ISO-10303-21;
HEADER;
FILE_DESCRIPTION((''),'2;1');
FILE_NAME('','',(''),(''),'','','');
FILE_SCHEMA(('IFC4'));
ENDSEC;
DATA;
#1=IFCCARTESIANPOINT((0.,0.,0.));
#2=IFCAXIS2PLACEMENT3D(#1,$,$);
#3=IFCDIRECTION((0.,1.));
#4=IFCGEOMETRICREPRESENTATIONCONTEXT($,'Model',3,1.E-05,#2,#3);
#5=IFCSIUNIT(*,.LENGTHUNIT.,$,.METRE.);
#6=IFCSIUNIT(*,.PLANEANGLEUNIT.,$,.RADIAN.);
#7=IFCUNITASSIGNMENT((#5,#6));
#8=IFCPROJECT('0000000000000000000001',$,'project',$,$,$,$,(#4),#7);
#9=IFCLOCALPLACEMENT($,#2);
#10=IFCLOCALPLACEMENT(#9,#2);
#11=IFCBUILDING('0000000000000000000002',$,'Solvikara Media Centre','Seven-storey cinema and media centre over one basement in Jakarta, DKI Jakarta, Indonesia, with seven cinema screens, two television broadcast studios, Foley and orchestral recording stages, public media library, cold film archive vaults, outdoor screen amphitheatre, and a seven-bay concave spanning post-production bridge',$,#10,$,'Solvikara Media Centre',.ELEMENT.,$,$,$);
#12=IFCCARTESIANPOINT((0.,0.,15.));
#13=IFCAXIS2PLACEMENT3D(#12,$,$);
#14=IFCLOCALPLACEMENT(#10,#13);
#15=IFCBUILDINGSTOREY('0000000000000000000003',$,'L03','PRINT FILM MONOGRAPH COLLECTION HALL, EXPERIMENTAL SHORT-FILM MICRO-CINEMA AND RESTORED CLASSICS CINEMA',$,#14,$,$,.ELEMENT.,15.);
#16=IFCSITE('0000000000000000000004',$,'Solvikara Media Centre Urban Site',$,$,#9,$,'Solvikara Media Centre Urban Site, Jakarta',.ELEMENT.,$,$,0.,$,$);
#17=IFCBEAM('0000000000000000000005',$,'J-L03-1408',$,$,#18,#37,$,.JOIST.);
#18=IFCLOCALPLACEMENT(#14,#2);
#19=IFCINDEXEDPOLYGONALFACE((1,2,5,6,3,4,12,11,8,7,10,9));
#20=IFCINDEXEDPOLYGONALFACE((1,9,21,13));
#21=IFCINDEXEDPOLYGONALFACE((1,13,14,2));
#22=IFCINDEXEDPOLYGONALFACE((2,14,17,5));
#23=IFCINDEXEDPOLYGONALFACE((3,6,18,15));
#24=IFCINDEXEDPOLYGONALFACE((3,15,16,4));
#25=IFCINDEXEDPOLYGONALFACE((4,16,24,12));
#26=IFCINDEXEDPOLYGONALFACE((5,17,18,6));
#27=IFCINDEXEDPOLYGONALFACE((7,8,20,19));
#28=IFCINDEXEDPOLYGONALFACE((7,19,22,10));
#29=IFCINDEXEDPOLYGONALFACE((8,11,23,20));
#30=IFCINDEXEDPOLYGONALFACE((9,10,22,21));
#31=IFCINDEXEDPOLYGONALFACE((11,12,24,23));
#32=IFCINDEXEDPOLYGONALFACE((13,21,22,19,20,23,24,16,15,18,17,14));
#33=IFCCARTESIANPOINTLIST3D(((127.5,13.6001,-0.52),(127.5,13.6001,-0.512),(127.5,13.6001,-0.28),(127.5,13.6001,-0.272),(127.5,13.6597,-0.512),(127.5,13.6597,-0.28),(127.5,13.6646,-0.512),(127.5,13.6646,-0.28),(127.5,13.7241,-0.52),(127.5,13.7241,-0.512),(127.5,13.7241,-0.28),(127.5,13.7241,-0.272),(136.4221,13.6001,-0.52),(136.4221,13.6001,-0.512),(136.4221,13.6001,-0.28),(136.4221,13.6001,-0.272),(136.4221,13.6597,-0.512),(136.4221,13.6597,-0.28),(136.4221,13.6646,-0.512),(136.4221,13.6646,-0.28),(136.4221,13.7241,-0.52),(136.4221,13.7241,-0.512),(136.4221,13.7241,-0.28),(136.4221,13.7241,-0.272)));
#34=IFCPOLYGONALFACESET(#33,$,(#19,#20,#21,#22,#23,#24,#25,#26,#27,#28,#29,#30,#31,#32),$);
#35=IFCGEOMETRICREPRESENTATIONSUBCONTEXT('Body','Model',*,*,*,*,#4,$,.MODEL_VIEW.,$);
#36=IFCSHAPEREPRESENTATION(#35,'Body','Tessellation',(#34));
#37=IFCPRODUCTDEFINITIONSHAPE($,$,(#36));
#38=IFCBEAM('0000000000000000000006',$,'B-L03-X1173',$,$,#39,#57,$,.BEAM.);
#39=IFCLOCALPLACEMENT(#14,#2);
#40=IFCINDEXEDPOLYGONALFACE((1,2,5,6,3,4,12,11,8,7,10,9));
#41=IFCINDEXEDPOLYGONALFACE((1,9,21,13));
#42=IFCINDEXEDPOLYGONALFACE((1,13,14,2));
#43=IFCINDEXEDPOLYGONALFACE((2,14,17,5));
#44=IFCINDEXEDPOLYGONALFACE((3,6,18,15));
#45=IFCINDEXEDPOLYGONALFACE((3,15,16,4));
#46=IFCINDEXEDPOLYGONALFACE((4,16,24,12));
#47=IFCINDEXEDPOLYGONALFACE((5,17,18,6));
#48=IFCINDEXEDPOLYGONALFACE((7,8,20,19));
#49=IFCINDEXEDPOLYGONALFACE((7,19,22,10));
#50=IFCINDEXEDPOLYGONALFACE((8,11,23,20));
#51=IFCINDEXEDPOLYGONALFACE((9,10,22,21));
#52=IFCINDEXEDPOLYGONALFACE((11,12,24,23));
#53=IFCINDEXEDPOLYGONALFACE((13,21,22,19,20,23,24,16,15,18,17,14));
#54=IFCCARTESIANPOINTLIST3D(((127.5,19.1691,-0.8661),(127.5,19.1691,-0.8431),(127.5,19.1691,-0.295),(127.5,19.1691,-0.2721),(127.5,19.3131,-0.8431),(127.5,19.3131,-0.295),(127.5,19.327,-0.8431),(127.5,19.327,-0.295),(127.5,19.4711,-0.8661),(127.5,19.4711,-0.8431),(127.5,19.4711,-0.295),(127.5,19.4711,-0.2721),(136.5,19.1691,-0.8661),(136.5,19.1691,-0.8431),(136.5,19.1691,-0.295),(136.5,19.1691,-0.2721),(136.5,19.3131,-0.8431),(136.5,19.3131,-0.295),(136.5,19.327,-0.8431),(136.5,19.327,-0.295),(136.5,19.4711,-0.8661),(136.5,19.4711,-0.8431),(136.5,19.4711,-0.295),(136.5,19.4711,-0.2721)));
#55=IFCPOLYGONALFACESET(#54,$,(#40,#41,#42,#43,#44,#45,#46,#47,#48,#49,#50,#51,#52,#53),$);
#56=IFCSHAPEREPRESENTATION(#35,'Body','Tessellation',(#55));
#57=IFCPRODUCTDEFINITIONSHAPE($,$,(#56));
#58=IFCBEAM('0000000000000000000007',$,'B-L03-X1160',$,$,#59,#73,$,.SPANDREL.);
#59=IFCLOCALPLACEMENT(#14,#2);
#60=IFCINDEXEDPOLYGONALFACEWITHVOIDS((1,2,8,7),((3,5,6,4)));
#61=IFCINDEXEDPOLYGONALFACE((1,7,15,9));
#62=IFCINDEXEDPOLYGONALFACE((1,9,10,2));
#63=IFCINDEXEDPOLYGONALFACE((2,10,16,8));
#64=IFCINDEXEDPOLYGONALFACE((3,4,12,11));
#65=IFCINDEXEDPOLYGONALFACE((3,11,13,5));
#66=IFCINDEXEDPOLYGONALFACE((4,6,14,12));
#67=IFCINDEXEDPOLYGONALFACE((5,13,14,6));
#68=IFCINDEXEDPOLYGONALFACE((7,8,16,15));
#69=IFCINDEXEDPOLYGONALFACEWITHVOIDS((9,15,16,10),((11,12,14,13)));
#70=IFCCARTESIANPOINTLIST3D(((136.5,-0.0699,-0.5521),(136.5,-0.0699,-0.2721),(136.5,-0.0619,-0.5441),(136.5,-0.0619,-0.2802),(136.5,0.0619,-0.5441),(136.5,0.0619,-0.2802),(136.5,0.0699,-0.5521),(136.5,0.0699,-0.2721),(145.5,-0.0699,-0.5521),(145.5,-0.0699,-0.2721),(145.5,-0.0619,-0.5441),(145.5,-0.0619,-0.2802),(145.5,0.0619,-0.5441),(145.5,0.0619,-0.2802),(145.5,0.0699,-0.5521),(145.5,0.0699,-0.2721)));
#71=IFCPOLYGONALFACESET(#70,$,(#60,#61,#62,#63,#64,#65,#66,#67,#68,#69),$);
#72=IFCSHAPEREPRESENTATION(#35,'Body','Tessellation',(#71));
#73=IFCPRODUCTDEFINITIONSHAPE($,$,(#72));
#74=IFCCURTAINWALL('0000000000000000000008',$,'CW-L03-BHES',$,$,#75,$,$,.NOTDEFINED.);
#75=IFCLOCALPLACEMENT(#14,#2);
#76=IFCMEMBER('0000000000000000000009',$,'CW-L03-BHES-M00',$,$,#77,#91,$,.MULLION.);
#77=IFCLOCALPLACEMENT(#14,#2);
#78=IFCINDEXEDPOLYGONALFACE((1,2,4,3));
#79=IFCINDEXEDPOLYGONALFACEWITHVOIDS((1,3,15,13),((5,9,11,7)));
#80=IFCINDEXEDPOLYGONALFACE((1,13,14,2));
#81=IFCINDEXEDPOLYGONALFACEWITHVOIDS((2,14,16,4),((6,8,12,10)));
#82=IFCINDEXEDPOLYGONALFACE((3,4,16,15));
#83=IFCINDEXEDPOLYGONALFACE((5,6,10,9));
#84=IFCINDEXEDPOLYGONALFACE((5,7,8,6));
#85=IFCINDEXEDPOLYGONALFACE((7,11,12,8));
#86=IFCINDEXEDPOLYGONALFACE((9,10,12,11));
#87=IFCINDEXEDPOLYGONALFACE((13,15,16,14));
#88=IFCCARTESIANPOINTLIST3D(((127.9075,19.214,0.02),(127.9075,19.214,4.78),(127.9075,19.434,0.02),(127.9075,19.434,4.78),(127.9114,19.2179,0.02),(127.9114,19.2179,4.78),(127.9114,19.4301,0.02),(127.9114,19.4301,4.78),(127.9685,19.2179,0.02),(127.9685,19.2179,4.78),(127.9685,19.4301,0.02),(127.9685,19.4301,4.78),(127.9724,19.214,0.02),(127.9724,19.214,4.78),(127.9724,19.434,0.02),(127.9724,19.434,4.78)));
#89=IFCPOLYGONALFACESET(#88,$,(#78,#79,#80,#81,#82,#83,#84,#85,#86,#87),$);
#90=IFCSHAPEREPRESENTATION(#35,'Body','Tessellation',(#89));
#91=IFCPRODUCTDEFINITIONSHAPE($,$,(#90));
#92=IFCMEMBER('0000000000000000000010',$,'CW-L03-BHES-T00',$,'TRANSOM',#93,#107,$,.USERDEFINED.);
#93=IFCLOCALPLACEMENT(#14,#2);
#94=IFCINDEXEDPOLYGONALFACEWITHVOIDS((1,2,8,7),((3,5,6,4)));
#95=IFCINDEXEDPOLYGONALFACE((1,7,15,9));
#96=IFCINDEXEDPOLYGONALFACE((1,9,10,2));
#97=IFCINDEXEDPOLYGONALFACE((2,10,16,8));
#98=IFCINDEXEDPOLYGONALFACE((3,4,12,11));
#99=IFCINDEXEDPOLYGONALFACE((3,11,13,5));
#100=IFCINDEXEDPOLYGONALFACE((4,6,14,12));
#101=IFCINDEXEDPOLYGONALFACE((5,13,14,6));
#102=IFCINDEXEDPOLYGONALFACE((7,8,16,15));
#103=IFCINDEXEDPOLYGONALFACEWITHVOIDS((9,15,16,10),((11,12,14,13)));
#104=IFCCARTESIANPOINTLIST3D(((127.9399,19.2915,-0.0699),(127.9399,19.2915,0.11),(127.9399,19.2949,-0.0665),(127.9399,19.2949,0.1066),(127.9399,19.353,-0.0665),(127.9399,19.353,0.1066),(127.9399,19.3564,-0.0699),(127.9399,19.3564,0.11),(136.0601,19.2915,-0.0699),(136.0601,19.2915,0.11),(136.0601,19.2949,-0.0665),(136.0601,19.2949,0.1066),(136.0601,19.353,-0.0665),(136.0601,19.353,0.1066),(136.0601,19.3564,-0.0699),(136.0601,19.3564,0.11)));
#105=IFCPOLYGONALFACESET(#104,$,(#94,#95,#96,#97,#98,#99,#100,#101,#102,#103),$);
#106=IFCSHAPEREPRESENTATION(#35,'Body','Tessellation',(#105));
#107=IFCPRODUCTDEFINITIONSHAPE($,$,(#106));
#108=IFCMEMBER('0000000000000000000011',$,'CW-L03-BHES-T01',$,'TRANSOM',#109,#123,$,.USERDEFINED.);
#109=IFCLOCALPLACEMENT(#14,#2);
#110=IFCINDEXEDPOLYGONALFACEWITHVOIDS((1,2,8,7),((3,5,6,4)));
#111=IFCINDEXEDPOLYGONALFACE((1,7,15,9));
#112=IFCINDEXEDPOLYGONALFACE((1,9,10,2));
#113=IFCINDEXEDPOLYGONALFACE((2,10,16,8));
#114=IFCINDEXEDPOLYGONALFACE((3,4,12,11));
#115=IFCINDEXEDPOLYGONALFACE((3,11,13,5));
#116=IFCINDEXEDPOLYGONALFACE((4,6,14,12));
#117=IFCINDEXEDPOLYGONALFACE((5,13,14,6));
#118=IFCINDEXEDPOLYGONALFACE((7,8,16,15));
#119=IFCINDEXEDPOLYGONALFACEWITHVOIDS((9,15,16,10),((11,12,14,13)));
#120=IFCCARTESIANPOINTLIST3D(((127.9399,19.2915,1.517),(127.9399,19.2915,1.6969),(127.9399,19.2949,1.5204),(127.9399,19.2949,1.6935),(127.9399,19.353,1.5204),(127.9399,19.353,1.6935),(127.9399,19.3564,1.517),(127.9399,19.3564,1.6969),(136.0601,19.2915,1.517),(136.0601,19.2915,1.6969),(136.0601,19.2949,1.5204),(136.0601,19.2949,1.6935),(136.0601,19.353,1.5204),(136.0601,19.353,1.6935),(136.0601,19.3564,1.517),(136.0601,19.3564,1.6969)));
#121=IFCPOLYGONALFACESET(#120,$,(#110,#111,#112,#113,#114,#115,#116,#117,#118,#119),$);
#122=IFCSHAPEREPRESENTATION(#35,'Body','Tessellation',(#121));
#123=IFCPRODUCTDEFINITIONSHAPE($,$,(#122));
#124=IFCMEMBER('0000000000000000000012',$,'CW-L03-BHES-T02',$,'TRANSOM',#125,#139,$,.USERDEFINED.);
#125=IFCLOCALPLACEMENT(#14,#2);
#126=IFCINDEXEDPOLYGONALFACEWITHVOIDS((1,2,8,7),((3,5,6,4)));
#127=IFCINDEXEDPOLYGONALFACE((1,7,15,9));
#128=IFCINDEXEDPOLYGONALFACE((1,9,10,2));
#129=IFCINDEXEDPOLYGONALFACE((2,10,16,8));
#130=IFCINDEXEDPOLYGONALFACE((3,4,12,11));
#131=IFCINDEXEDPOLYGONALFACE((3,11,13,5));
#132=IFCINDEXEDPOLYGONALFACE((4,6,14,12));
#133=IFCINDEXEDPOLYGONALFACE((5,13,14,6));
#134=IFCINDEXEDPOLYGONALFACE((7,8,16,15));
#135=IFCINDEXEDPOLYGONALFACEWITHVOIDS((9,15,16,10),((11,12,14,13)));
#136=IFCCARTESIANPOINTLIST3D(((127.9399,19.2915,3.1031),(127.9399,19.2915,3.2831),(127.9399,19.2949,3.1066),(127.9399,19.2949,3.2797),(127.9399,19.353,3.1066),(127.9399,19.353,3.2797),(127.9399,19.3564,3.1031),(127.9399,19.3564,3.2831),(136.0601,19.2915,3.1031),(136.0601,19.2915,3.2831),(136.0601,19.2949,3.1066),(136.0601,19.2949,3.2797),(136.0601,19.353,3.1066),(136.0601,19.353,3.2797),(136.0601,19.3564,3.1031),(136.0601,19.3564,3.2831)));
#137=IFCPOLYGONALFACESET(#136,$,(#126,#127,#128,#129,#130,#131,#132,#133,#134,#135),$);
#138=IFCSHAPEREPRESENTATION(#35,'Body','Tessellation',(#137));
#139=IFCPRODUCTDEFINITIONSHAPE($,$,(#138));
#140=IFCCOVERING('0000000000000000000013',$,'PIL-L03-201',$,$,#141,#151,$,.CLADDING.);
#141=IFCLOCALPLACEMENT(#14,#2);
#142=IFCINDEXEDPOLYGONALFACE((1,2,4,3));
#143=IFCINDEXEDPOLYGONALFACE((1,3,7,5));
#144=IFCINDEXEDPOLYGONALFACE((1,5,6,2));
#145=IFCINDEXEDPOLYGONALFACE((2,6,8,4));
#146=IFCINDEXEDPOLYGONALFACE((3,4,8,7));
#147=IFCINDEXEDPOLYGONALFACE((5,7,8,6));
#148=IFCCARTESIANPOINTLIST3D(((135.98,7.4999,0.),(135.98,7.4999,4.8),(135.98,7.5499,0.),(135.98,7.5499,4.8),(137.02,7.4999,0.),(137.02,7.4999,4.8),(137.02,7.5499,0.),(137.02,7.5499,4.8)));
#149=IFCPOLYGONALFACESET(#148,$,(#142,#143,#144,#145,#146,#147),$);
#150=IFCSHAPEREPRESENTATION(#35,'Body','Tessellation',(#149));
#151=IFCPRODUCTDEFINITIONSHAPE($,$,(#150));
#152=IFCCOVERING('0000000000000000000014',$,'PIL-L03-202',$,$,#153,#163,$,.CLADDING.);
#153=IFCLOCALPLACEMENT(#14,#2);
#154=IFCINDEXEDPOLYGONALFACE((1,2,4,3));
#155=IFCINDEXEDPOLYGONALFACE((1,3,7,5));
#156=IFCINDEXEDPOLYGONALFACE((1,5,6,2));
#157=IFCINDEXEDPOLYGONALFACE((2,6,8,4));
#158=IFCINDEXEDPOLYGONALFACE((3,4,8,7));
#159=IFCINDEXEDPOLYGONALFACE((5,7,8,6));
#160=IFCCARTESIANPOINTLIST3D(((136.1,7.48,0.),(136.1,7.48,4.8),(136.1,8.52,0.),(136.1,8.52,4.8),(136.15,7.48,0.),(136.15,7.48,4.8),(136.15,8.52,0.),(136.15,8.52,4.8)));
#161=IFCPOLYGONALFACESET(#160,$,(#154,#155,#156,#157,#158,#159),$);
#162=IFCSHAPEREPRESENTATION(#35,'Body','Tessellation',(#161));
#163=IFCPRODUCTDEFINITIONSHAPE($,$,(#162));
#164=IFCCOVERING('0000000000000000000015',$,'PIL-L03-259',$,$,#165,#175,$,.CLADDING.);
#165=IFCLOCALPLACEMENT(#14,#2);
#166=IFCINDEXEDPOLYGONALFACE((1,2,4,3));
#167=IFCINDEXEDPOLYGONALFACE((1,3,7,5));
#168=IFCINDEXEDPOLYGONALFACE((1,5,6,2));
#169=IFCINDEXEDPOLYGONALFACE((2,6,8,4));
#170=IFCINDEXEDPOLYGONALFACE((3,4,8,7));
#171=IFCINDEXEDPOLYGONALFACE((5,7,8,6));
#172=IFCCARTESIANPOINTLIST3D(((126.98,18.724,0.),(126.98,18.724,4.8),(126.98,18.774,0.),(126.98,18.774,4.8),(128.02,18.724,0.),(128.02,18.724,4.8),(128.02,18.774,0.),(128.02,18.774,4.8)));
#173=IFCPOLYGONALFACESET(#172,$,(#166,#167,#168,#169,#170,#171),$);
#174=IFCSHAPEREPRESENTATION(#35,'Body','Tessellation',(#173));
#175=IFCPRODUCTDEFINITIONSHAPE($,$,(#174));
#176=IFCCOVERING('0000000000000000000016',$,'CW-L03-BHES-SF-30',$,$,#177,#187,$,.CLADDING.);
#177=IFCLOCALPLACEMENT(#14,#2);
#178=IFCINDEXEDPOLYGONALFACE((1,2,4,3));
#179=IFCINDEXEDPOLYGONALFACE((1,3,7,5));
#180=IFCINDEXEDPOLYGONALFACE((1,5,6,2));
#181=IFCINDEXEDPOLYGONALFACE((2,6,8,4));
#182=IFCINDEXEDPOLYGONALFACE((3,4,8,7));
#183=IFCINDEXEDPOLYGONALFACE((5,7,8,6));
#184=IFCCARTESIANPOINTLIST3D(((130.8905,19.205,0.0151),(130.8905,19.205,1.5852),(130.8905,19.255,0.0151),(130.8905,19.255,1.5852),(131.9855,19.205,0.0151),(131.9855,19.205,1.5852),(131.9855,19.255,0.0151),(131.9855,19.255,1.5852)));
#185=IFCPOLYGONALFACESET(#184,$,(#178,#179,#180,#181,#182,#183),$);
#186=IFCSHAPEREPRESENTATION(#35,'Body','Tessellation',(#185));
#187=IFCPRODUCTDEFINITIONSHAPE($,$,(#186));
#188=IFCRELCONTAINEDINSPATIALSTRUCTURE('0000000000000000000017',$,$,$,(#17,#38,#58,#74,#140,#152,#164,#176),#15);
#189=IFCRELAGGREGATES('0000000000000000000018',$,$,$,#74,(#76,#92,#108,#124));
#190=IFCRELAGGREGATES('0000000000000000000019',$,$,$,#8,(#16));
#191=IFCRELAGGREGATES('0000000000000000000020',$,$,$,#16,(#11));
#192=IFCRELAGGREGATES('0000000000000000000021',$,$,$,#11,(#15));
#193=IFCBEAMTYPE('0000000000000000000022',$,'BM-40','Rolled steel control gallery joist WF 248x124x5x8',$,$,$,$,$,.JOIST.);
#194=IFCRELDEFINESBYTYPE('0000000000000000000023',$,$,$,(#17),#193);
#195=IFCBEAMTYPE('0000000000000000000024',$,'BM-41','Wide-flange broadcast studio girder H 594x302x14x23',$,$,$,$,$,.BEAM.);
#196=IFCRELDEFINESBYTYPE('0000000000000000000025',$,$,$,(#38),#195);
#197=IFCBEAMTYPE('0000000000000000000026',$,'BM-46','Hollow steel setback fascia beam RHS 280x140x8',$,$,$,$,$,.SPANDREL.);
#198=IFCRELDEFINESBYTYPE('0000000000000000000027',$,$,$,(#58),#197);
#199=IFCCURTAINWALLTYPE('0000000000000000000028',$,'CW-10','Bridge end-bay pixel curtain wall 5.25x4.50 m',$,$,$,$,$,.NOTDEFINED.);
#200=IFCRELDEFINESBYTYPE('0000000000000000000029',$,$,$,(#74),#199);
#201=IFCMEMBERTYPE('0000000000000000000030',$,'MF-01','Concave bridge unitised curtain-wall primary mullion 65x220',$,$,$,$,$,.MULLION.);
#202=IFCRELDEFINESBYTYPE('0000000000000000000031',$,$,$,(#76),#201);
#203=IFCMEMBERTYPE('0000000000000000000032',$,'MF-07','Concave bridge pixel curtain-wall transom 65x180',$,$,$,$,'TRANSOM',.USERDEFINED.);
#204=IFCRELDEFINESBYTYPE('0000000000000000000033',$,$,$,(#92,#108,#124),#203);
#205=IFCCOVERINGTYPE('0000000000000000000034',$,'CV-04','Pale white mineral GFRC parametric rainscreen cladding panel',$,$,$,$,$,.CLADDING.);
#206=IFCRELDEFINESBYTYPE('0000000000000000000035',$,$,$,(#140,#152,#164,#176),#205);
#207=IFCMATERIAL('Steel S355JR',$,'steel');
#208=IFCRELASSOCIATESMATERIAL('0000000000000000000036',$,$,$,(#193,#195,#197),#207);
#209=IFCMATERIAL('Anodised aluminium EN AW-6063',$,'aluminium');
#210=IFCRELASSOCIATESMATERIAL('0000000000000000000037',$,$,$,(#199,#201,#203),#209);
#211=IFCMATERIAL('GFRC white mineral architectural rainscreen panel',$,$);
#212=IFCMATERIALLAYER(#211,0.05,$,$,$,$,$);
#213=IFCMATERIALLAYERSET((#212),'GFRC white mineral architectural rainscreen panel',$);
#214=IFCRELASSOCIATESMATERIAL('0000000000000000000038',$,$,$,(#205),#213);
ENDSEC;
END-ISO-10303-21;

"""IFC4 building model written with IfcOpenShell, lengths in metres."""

from ifc_helpers import new_model, si_unit, direction, frame, origin, origin_2d, place, context, subcontext, project, spatial, rectangle, hollow_rectangle, i_section, extrude, material, layer, layer_set, material_profile, profile_set, type_object, element, aggregate, save


model = new_model("IFC4")

# Units and contexts
model_context = context("Model", 3, precision=1e-05, world=origin(), true_north=direction((0.0, 1.0)))
body_context = subcontext(model_context, "Body", "Model", "MODEL_VIEW")
ifc_project = project(units=[si_unit("LENGTHUNIT", "METRE"), si_unit("PLANEANGLEUNIT", "RADIAN")], contexts=[model_context])

# Site, building, storey
site_placement = place(None, origin())
site = spatial("IfcSite", under=ifc_project, at=site_placement, Name="Solvikara Media Centre Urban Site", LongName="Solvikara Media Centre Urban Site, Jakarta", CompositionType="ELEMENT", RefElevation=0.0)
building_placement = place(site_placement, origin())
building = spatial("IfcBuilding", under=site, at=building_placement, Name="Solvikara Media Centre", Description="Seven-storey cinema and media centre over one basement in Jakarta, DKI Jakarta, Indonesia, with seven cinema screens, two television broadcast studios, Foley and orchestral recording stages, public media library, cold film archive vaults, outdoor screen amphitheatre, and a seven-bay concave spanning post-production bridge", LongName="Solvikara Media Centre", CompositionType="ELEMENT")
storey_placement = place(building_placement, frame((0.0, 0.0, 15.0)))
storey = spatial("IfcBuildingStorey", under=building, at=storey_placement, Name="L03", Description="PRINT FILM MONOGRAPH COLLECTION HALL, EXPERIMENTAL SHORT-FILM MICRO-CINEMA AND RESTORED CLASSICS CINEMA", CompositionType="ELEMENT", Elevation=15.0)

# Beams
ifc_material_1 = material(Name="Steel S355JR", Category="steel")
ifc_material_profile_1 = material_profile(ifc_material_1, i_section(OverallWidth=0.124, OverallDepth=0.248, WebThickness=0.0049, FlangeThickness=0.0081, at=origin_2d()), Name="WF 248x124x5x8")
ifc_profile_set_1 = profile_set([ifc_material_profile_1], Name="Steel S355JR")
beam_type_1 = type_object("IfcBeamType", Name="BM-40", Description="Rolled steel control gallery joist WF 248x124x5x8", PredefinedType="JOIST", material=ifc_profile_set_1)
beam_1_placement = place(storey_placement, frame((127.5, 13.6621, -0.396), z_axis=(1.0, 0.0, 0.0), x_axis=(0.0, 1.0, 0.0)))
element("IfcBeam", 1, at=beam_1_placement, inside=storey, type_object=beam_type_1, Name="J-L03-1408", PredefinedType="JOIST", context=body_context, shape_type="SweptSolid", body=[
    extrude(i_section(OverallWidth=0.124, OverallDepth=0.248, WebThickness=0.0049, FlangeThickness=0.0081, at=origin_2d()), origin(), (0.0, 0.0, 1.0), 8.9221),
])
ifc_material_profile_2 = material_profile(ifc_material_1, i_section(OverallWidth=0.302, OverallDepth=0.594, WebThickness=0.0139, FlangeThickness=0.0229, at=origin_2d()), Name="H 594x302x14x23")
ifc_profile_set_2 = profile_set([ifc_material_profile_2], Name="Steel S355JR")
beam_type_2 = type_object("IfcBeamType", Name="BM-41", Description="Wide-flange broadcast studio girder H 594x302x14x23", PredefinedType="BEAM", material=ifc_profile_set_2)
beam_2_placement = place(storey_placement, frame((127.5, 19.3201, -0.5691), z_axis=(1.0, 0.0, 0.0), x_axis=(0.0, 1.0, 0.0)))
element("IfcBeam", 2, at=beam_2_placement, inside=storey, type_object=beam_type_2, Name="B-L03-X1173", PredefinedType="BEAM", context=body_context, shape_type="SweptSolid", body=[
    extrude(i_section(OverallWidth=0.302, OverallDepth=0.594, WebThickness=0.0139, FlangeThickness=0.0229, at=origin_2d()), origin(), (0.0, 0.0, 1.0), 9.0),
])
ifc_material_profile_3 = material_profile(ifc_material_1, hollow_rectangle(XDim=0.1399, YDim=0.28, WallThickness=0.0081, at=origin_2d()), Name="RHS 280x140x8")
ifc_profile_set_3 = profile_set([ifc_material_profile_3], Name="Steel S355JR")
beam_type_3 = type_object("IfcBeamType", Name="BM-46", Description="Hollow steel setback fascia beam RHS 280x140x8", PredefinedType="SPANDREL", material=ifc_profile_set_3)
beam_3_placement = place(storey_placement, frame((136.5, 0.0, -0.4121), z_axis=(1.0, 0.0, 0.0), x_axis=(0.0, 1.0, 0.0)))
element("IfcBeam", 3, at=beam_3_placement, inside=storey, type_object=beam_type_3, Name="B-L03-X1160", PredefinedType="SPANDREL", context=body_context, shape_type="SweptSolid", body=[
    extrude(hollow_rectangle(XDim=0.1399, YDim=0.28, WallThickness=0.0081, at=origin_2d()), origin(), (0.0, 0.0, 1.0), 9.0),
])

# Curtain wall, members
ifc_material_2 = material(Name="Anodised aluminium EN AW-6063", Category="aluminium")
curtain_wall_type = type_object("IfcCurtainWallType", Name="CW-10", Description="Bridge end-bay pixel curtain wall 5.25x4.50 m", PredefinedType="NOTDEFINED", material=ifc_material_2)
curtain_wall_placement = place(storey_placement, origin())
curtain_wall = element("IfcCurtainWall", 4, at=curtain_wall_placement, inside=storey, type_object=curtain_wall_type, Name="CW-L03-BHES", PredefinedType="NOTDEFINED")
ifc_material_profile_4 = material_profile(ifc_material_2, hollow_rectangle(XDim=0.0649, YDim=0.22, WallThickness=0.0039, at=origin_2d()), Name="ALU-M 65x220x4")
ifc_profile_set_4 = profile_set([ifc_material_profile_4], Name="Anodised aluminium EN AW-6063")
member_type_1 = type_object("IfcMemberType", Name="MF-01", Description="Concave bridge unitised curtain-wall primary mullion 65x220", PredefinedType="MULLION", material=ifc_profile_set_4)
member_1_placement = place(storey_placement, frame((127.9399, 19.324, 0.02), z_axis=(0.0, 0.0, 1.0), x_axis=(1.0, 0.0, 0.0)))
member_1 = element("IfcMember", 5, at=member_1_placement, type_object=member_type_1, Name="CW-L03-BHES-M00", PredefinedType="MULLION", context=body_context, shape_type="SweptSolid", body=[
    extrude(hollow_rectangle(XDim=0.0649, YDim=0.22, WallThickness=0.0039, at=origin_2d()), origin(), (0.0, 0.0, 1.0), 4.76),
])
ifc_material_profile_5 = material_profile(ifc_material_2, hollow_rectangle(XDim=0.0649, YDim=0.1799, WallThickness=0.0034, at=origin_2d()), Name="ALU-T 65x180x3.5")
ifc_profile_set_5 = profile_set([ifc_material_profile_5], Name="Anodised aluminium EN AW-6063")
member_type_2 = type_object("IfcMemberType", Name="MF-07", Description="Concave bridge pixel curtain-wall transom 65x180", ElementType="TRANSOM", PredefinedType="USERDEFINED", material=ifc_profile_set_5)
member_2_placement = place(storey_placement, frame((127.9399, 19.324, 0.02), z_axis=(1.0, 0.0, 0.0), x_axis=(0.0, 1.0, 0.0)))
member_2 = element("IfcMember", 6, at=member_2_placement, type_object=member_type_2, Name="CW-L03-BHES-T00", ObjectType="TRANSOM", PredefinedType="USERDEFINED", context=body_context, shape_type="SweptSolid", body=[
    extrude(hollow_rectangle(XDim=0.0649, YDim=0.1799, WallThickness=0.0034, at=origin_2d()), origin(), (0.0, 0.0, 1.0), 8.1201),
])
member_3_placement = place(storey_placement, frame((127.9399, 19.324, 1.6069), z_axis=(1.0, 0.0, 0.0), x_axis=(0.0, 1.0, 0.0)))
member_3 = element("IfcMember", 7, at=member_3_placement, type_object=member_type_2, Name="CW-L03-BHES-T01", ObjectType="TRANSOM", PredefinedType="USERDEFINED", context=body_context, shape_type="SweptSolid", body=[
    extrude(hollow_rectangle(XDim=0.0649, YDim=0.1799, WallThickness=0.0034, at=origin_2d()), origin(), (0.0, 0.0, 1.0), 8.1201),
])
member_4_placement = place(storey_placement, frame((127.9399, 19.324, 3.1931), z_axis=(1.0, 0.0, 0.0), x_axis=(0.0, 1.0, 0.0)))
member_4 = element("IfcMember", 8, at=member_4_placement, type_object=member_type_2, Name="CW-L03-BHES-T02", ObjectType="TRANSOM", PredefinedType="USERDEFINED", context=body_context, shape_type="SweptSolid", body=[
    extrude(hollow_rectangle(XDim=0.0649, YDim=0.1799, WallThickness=0.0034, at=origin_2d()), origin(), (0.0, 0.0, 1.0), 8.1201),
])
aggregate(curtain_wall, [member_1, member_2, member_3, member_4])

# Coverings
ifc_material_3 = material(Name="GFRC white mineral architectural rainscreen panel")
ifc_layer_1 = layer(ifc_material_3, 0.05)
ifc_layer_set_1 = layer_set([ifc_layer_1], Name="GFRC white mineral architectural rainscreen panel")
covering_type_1 = type_object("IfcCoveringType", Name="CV-04", Description="Pale white mineral GFRC parametric rainscreen cladding panel", PredefinedType="CLADDING", material=ifc_layer_set_1)
for number, where, z_axis, x_axis, name in (
    (9, (136.5, 7.5249, 0.0), (0.0, 0.0, 1.0), (1.0, 0.0, 0.0), "PIL-L03-201"),
    (10, (136.125, 8.0, 0.0), (0.0, 0.0, 1.0), (0.0, -1.0, 0.0), "PIL-L03-202"),
    (11, (127.5, 18.749, 0.0), (0.0, 0.0, 1.0), (1.0, 0.0, 0.0), "PIL-L03-259"),
):
    element("IfcCovering", number, at=place(storey_placement, frame(where, z_axis=z_axis, x_axis=x_axis)), inside=storey, type_object=covering_type_1, Name=name, PredefinedType="CLADDING", context=body_context, shape_type="SweptSolid", body=[
        extrude(rectangle(XDim=1.04, YDim=0.05, at=origin_2d()), origin(), (0.0, 0.0, 1.0), 4.8),
    ])
for number, where, z_axis, x_axis, name in (
    (12, (131.438, 19.23, 0.0151), (0.0, 0.0, 1.0), (1.0, 0.0, 0.0), "CW-L03-BHES-SF-30"),
):
    element("IfcCovering", number, at=place(storey_placement, frame(where, z_axis=z_axis, x_axis=x_axis)), inside=storey, type_object=covering_type_1, Name=name, PredefinedType="CLADDING", context=body_context, shape_type="SweptSolid", body=[
        extrude(rectangle(XDim=1.095, YDim=0.05, at=origin_2d()), origin(), (0.0, 0.0, 1.0), 1.5701),
    ])

save(model, "model.ifc")
